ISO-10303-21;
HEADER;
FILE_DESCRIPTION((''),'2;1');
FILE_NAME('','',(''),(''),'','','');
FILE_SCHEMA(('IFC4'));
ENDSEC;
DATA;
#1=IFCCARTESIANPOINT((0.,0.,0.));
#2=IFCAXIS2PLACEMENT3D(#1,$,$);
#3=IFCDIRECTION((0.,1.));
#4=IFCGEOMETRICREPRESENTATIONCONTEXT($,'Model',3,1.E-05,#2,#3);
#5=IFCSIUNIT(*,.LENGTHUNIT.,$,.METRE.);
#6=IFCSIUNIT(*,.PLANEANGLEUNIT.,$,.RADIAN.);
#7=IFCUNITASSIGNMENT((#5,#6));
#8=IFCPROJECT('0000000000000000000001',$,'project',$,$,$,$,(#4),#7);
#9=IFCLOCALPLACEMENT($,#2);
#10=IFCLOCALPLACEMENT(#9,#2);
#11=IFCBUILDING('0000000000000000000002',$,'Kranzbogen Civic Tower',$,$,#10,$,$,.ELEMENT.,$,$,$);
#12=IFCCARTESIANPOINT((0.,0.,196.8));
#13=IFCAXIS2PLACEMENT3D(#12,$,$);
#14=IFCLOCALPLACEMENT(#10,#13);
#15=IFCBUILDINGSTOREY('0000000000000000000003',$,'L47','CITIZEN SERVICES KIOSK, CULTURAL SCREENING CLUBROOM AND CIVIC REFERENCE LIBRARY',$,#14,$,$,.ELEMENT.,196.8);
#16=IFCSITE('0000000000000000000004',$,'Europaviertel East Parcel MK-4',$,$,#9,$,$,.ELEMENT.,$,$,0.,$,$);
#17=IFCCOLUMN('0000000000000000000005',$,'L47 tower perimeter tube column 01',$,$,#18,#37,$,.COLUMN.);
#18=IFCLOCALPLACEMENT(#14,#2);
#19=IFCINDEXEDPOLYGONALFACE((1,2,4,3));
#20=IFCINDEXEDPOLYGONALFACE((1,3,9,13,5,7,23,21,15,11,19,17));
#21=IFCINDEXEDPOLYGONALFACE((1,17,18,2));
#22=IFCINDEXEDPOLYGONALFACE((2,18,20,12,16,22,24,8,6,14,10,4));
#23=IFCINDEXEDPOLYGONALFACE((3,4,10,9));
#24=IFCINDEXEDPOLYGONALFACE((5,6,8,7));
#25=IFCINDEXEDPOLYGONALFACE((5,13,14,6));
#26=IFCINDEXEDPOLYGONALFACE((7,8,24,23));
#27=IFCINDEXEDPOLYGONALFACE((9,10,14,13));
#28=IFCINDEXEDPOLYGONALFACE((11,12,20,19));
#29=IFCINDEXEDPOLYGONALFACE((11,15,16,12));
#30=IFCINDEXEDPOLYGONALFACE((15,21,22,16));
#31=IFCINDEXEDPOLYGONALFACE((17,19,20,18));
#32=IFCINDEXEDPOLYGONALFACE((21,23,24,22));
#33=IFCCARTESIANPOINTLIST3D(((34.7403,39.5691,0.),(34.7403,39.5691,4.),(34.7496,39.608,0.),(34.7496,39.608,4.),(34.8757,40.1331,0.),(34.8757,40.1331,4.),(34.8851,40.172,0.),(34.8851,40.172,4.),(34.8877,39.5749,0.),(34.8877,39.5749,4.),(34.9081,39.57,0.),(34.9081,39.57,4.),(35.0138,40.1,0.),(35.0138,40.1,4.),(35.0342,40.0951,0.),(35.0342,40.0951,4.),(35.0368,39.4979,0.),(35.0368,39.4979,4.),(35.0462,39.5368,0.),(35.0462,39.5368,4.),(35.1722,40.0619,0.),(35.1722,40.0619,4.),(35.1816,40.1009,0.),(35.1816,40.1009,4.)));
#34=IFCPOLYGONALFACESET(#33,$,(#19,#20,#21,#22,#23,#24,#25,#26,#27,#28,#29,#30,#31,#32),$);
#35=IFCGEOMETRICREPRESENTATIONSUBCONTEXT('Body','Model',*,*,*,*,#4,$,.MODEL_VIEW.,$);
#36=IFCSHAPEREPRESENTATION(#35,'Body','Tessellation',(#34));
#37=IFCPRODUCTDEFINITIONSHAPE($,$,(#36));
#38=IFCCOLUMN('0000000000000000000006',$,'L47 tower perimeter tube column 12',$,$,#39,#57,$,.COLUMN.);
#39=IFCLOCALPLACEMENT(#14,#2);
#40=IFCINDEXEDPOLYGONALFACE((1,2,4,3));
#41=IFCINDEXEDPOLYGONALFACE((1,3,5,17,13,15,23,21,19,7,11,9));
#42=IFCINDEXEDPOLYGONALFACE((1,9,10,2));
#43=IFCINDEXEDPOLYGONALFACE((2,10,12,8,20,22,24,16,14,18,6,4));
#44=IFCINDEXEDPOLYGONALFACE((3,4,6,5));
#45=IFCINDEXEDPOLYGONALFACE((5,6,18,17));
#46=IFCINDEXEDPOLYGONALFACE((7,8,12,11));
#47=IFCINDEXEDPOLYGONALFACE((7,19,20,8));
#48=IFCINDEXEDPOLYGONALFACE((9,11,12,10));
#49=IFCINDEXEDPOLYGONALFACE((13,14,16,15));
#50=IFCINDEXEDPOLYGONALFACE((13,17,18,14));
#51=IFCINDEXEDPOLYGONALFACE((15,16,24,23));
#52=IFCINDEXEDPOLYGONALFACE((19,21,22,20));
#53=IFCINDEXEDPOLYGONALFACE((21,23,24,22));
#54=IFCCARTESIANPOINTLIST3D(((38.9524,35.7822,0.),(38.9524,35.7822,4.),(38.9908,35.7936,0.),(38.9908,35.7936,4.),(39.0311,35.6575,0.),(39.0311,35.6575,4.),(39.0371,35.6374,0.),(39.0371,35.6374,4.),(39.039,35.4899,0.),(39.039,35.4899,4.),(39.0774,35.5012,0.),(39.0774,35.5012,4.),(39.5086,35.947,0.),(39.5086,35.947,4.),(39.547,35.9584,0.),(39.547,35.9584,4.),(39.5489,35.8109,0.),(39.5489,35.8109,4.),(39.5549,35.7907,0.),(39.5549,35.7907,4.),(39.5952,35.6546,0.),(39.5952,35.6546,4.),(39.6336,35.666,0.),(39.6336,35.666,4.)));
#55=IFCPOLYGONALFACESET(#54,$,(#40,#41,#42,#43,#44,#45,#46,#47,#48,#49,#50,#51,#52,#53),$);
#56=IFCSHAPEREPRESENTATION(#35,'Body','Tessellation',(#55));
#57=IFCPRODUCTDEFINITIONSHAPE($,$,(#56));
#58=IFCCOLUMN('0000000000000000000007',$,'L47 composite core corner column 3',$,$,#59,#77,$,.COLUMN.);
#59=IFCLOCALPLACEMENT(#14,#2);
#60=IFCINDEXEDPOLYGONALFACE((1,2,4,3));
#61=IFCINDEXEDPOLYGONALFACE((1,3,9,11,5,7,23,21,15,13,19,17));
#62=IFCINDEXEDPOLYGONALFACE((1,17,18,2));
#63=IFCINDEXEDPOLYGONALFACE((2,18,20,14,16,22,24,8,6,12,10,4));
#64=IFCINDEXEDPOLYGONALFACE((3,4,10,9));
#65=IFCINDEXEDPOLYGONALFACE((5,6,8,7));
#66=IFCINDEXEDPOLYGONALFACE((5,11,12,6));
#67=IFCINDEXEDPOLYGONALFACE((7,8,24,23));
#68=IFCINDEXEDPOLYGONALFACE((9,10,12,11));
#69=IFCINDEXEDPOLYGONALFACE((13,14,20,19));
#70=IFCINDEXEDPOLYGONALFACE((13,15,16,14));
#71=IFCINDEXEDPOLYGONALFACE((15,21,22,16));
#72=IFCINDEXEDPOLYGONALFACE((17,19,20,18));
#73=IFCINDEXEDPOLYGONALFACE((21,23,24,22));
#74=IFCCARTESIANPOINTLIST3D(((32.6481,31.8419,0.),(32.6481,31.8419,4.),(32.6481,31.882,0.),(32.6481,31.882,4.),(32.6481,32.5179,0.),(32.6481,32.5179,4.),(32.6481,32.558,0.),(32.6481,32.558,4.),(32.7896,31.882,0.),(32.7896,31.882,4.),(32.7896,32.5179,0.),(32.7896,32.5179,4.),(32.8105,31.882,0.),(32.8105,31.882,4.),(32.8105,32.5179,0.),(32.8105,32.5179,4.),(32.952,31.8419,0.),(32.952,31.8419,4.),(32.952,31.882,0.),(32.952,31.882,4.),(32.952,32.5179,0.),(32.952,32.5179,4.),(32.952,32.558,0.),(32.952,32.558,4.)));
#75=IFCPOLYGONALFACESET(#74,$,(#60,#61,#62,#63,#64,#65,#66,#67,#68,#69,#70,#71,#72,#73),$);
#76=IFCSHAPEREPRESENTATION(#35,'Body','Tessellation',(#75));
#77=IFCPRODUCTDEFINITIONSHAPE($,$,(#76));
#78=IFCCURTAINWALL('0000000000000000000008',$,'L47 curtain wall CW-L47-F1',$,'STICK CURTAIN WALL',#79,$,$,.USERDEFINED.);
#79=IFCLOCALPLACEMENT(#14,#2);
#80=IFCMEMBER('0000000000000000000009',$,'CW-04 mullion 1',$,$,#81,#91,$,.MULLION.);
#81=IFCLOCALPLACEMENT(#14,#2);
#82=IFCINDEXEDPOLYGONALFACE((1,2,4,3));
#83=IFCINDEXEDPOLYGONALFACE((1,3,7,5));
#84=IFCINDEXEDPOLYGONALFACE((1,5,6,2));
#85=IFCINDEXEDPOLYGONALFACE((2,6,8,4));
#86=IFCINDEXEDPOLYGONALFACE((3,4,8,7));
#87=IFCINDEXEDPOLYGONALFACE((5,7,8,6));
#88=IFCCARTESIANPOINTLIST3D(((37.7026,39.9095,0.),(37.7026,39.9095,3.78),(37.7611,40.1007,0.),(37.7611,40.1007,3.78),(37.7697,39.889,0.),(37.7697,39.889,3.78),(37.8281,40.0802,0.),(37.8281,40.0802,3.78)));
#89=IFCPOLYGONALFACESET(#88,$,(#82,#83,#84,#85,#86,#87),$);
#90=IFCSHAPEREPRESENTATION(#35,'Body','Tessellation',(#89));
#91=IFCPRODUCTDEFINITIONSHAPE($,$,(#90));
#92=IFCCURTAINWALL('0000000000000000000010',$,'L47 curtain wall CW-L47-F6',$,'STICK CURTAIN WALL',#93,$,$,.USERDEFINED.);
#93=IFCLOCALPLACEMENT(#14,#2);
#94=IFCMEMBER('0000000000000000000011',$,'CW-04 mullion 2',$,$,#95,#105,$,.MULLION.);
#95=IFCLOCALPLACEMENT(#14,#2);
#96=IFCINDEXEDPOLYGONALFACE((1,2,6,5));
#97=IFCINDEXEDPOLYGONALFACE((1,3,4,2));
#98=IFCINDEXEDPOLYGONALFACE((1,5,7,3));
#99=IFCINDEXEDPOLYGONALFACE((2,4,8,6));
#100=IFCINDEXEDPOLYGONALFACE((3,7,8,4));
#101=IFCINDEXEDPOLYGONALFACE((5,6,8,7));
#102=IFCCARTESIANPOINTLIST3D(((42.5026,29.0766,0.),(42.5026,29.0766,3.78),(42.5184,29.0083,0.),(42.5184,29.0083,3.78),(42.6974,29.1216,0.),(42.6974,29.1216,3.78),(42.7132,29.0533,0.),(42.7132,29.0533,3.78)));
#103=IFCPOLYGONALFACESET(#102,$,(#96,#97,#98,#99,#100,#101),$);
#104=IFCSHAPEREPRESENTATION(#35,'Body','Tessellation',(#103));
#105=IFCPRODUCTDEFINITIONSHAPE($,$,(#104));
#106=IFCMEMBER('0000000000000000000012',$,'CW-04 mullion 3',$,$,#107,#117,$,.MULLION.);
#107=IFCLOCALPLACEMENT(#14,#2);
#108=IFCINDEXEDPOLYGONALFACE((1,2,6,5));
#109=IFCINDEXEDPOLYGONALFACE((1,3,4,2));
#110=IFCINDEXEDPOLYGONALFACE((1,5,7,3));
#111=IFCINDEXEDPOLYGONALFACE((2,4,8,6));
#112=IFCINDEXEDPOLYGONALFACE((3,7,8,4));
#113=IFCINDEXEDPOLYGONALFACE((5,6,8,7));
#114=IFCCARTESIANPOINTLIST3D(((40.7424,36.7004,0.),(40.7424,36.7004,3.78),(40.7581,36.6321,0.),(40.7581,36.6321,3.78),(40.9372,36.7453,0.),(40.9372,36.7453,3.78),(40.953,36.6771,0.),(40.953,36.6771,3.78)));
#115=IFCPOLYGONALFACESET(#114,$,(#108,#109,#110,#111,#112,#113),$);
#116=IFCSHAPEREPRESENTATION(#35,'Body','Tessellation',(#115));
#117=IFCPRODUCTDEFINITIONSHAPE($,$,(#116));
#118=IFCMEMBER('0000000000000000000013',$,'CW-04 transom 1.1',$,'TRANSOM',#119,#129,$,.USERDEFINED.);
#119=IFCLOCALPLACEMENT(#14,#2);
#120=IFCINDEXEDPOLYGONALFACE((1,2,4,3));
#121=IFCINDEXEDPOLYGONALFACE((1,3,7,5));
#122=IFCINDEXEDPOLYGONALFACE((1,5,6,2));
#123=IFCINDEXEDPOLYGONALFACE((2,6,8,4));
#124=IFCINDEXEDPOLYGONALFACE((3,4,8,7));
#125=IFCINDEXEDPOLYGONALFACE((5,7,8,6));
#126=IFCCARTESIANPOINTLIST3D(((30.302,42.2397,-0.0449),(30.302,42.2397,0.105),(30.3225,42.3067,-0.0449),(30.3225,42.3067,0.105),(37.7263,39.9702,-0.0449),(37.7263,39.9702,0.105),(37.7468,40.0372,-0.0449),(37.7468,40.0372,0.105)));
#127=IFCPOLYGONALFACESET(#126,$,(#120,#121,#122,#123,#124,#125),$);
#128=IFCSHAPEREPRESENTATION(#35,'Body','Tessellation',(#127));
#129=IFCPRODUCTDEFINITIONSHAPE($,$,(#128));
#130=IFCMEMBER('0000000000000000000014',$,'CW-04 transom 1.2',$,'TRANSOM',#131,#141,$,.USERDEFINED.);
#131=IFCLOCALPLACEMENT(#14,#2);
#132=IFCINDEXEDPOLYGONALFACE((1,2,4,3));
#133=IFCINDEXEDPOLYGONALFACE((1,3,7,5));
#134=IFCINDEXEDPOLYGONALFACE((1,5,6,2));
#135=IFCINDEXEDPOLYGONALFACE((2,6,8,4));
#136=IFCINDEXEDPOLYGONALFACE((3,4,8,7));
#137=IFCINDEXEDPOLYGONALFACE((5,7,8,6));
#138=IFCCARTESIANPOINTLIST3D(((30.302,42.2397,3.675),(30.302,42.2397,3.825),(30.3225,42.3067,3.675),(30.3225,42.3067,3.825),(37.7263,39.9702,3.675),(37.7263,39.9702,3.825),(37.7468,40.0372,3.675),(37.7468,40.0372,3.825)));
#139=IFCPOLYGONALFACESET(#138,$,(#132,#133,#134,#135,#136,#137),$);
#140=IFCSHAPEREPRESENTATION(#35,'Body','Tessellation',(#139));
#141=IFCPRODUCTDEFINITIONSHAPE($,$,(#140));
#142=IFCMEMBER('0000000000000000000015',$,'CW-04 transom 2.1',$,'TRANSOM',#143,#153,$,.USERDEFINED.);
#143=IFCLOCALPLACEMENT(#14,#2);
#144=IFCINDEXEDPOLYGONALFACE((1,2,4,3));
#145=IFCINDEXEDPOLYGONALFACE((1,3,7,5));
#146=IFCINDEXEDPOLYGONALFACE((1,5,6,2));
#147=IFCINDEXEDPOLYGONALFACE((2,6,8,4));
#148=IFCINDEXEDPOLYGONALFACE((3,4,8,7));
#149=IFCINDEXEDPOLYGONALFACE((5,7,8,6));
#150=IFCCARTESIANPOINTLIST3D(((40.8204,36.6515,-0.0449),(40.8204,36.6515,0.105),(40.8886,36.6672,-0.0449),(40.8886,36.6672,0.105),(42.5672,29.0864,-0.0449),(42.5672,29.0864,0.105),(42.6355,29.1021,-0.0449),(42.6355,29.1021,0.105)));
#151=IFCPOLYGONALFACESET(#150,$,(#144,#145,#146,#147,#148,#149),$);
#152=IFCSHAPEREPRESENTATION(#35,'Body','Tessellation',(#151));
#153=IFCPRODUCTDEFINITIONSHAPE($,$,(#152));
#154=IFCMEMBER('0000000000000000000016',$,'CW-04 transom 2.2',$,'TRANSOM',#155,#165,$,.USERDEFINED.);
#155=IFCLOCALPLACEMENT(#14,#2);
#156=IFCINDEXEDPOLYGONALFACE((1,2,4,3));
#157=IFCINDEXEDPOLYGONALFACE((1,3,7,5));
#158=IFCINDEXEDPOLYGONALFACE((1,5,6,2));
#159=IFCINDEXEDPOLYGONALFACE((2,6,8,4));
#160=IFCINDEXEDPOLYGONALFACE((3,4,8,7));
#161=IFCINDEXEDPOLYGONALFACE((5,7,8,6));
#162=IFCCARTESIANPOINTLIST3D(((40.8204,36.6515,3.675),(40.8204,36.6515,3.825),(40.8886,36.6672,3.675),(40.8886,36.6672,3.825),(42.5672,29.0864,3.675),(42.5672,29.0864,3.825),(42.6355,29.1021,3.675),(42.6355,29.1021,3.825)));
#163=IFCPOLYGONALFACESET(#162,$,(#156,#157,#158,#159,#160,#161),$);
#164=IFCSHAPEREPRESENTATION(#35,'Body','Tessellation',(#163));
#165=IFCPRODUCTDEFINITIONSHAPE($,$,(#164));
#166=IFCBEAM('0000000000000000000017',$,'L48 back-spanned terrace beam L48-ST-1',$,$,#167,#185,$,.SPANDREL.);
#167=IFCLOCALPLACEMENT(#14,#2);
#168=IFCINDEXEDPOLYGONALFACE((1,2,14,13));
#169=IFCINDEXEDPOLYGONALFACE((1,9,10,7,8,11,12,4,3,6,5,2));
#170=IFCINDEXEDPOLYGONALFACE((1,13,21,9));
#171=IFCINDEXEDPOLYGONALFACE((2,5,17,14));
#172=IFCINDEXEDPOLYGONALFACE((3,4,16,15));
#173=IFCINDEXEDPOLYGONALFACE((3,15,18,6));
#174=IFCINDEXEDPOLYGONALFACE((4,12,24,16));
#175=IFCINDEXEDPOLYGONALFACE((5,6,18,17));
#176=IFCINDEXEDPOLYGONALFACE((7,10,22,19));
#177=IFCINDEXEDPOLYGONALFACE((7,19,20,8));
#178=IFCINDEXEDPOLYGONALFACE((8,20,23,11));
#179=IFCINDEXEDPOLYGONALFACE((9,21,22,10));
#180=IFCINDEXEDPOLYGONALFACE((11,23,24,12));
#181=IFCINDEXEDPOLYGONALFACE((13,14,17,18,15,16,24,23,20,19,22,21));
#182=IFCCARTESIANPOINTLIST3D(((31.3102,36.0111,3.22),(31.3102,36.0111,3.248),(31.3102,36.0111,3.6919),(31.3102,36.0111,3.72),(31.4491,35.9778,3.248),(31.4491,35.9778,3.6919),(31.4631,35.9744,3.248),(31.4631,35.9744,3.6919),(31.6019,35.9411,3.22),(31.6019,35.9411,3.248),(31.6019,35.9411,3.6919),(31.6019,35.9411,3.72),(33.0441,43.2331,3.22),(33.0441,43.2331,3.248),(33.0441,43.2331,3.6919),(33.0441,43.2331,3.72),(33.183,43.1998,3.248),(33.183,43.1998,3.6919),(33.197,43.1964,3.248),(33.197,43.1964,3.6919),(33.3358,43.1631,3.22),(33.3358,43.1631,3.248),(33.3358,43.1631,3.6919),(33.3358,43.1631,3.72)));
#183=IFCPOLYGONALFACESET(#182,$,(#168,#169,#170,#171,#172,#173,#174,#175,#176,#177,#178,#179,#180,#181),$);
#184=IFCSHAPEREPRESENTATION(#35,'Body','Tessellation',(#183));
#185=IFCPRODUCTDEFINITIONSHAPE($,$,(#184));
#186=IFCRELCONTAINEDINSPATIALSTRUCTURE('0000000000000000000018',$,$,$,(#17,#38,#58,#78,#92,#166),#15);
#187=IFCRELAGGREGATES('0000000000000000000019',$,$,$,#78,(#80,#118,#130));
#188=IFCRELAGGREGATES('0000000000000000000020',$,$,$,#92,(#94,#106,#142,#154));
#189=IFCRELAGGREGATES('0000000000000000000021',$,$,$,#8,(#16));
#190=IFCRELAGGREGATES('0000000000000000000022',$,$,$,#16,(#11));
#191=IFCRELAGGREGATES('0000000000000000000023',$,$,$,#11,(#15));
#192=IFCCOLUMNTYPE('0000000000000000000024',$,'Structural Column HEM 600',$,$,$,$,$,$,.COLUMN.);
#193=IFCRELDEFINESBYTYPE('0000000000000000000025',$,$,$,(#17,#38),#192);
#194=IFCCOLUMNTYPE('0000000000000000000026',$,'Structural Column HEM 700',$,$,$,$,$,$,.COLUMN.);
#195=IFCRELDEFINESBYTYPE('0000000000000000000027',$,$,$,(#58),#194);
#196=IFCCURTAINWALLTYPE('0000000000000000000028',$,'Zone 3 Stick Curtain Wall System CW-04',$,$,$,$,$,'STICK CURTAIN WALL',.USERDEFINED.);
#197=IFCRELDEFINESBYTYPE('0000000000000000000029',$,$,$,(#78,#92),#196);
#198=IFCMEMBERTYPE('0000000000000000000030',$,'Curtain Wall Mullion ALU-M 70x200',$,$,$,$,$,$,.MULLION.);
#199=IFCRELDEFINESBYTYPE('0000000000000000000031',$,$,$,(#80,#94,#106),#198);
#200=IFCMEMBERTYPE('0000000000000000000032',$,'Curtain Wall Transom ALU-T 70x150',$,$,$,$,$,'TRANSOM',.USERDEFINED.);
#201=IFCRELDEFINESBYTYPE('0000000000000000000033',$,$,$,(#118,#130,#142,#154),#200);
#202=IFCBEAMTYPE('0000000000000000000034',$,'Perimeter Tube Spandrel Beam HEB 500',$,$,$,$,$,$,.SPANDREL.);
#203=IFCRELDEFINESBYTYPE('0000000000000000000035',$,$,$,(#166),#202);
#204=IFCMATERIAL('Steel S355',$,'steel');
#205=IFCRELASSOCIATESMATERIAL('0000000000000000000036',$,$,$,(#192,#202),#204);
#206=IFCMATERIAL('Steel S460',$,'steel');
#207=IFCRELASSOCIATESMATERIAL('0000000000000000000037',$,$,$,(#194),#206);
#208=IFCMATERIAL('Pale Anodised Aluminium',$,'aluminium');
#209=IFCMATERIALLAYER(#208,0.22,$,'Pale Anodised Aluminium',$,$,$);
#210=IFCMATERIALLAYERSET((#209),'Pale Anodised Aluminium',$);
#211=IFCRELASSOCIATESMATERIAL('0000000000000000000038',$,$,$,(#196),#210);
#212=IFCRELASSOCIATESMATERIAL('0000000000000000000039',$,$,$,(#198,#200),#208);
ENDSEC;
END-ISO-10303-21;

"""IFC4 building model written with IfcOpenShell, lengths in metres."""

from ifc_helpers import new_model, si_unit, direction, frame, origin, origin_2d, place, context, subcontext, project, spatial, rectangle, i_section, extrude, material, layer, layer_set, material_profile, profile_set, type_object, element, aggregate, save


model = new_model("IFC4")

# Units and contexts
model_context = context("Model", 3, precision=1e-05, world=origin(), true_north=direction((0.0, 1.0)))
body_context = subcontext(model_context, "Body", "Model", "MODEL_VIEW")
ifc_project = project(units=[si_unit("LENGTHUNIT", "METRE"), si_unit("PLANEANGLEUNIT", "RADIAN")], contexts=[model_context])

# Site, building, storey
site_placement = place(None, origin())
site = spatial("IfcSite", under=ifc_project, at=site_placement, Name="Europaviertel East Parcel MK-4", CompositionType="ELEMENT", RefElevation=0.0)
building_placement = place(site_placement, origin())
building = spatial("IfcBuilding", under=site, at=building_placement, Name="Kranzbogen Civic Tower", CompositionType="ELEMENT")
storey_placement = place(building_placement, frame((0.0, 0.0, 196.8)))
storey = spatial("IfcBuildingStorey", under=building, at=storey_placement, Name="L47", Description="CITIZEN SERVICES KIOSK, CULTURAL SCREENING CLUBROOM AND CIVIC REFERENCE LIBRARY", CompositionType="ELEMENT", Elevation=196.8)

# Columns
ifc_material_1 = material(Name="Steel S355", Category="steel")
ifc_material_profile_1 = material_profile(ifc_material_1, i_section(OverallWidth=0.3049, OverallDepth=0.6201, WebThickness=0.021, FlangeThickness=0.04, at=origin_2d()), Name="HEM 600")
ifc_profile_set_1 = profile_set([ifc_material_profile_1], Name="Steel S355")
column_type_1 = type_object("IfcColumnType", Name="Structural Column HEM 600", PredefinedType="COLUMN", material=ifc_profile_set_1)
for number, where, z_axis, x_axis, name in (
    (1, (34.9609, 39.835, 0.0), (0.0, 0.0, 1.0), (-0.97237, 0.233445, 0.0), "L47 tower perimeter tube column 01"),
    (2, (39.293, 35.7241, 0.0), (0.0, 0.0, 1.0), (-0.284015, 0.95882, 0.0), "L47 tower perimeter tube column 12"),
):
    element("IfcColumn", number, at=place(storey_placement, frame(where, z_axis=z_axis, x_axis=x_axis)), inside=storey, type_object=column_type_1, Name=name, PredefinedType="COLUMN", context=body_context, shape_type="SweptSolid", body=[
        extrude(i_section(OverallWidth=0.3049, OverallDepth=0.6201, WebThickness=0.021, FlangeThickness=0.04, at=origin_2d()), origin(), (0.0, 0.0, 1.0), 4.0),
    ])
ifc_material_2 = material(Name="Steel S460", Category="steel")
ifc_material_profile_2 = material_profile(ifc_material_2, i_section(OverallWidth=0.304, OverallDepth=0.7161, WebThickness=0.021, FlangeThickness=0.04, at=origin_2d()), Name="HEM 700")
ifc_profile_set_2 = profile_set([ifc_material_profile_2], Name="Steel S460")
column_type_2 = type_object("IfcColumnType", Name="Structural Column HEM 700", PredefinedType="COLUMN", material=ifc_profile_set_2)
column_placement = place(storey_placement, frame((32.8, 32.2, 0.0), z_axis=(0.0, 0.0, 1.0), x_axis=(1.0, 0.0, 0.0)))
element("IfcColumn", 3, at=column_placement, inside=storey, type_object=column_type_2, Name="L47 composite core corner column 3", PredefinedType="COLUMN", context=body_context, shape_type="SweptSolid", body=[
    extrude(i_section(OverallWidth=0.304, OverallDepth=0.7161, WebThickness=0.021, FlangeThickness=0.04, at=origin_2d()), origin(), (0.0, 0.0, 1.0), 4.0),
])

# Curtain wall, member
ifc_material_3 = material(Name="Pale Anodised Aluminium", Category="aluminium")
ifc_layer_1 = layer(ifc_material_3, 0.22, Name="Pale Anodised Aluminium")
ifc_layer_set_1 = layer_set([ifc_layer_1], Name="Pale Anodised Aluminium")
curtain_wall_type = type_object("IfcCurtainWallType", Name="Zone 3 Stick Curtain Wall System CW-04", ElementType="STICK CURTAIN WALL", PredefinedType="USERDEFINED", material=ifc_layer_set_1)
curtain_wall_1_placement = place(storey_placement, origin())
curtain_wall_1 = element("IfcCurtainWall", 4, at=curtain_wall_1_placement, inside=storey, type_object=curtain_wall_type, Name="L47 curtain wall CW-L47-F1", ObjectType="STICK CURTAIN WALL", PredefinedType="USERDEFINED")
ifc_material_profile_3 = material_profile(ifc_material_3, rectangle(XDim=0.0701, YDim=0.2, at=origin_2d()), Name="ALU-M 70x200")
ifc_profile_set_3 = profile_set([ifc_material_profile_3], Name="Pale Anodised Aluminium")
member_type_1 = type_object("IfcMemberType", Name="Curtain Wall Mullion ALU-M 70x200", PredefinedType="MULLION", material=ifc_profile_set_3)
member_1_placement = place(storey_placement, frame((37.7654, 39.9949, 0.0), z_axis=(0.0, 0.0, 1.0), x_axis=(-0.956312, 0.29235, 0.0)))
member_1 = element("IfcMember", 5, at=member_1_placement, type_object=member_type_1, Name="CW-04 mullion 1", PredefinedType="MULLION", context=body_context, shape_type="SweptSolid", body=[
    extrude(rectangle(XDim=0.0701, YDim=0.2, at=origin_2d()), origin(), (0.0, 0.0, 1.0), 3.78),
])

# Curtain wall, members
curtain_wall_2_placement = place(storey_placement, origin())
curtain_wall_2 = element("IfcCurtainWall", 6, at=curtain_wall_2_placement, inside=storey, type_object=curtain_wall_type, Name="L47 curtain wall CW-L47-F6", ObjectType="STICK CURTAIN WALL", PredefinedType="USERDEFINED")
member_2_placement = place(storey_placement, frame((42.6079, 29.0649, 0.0), z_axis=(0.0, 0.0, 1.0), x_axis=(-0.224971, 0.974365, 0.0)))
member_2 = element("IfcMember", 7, at=member_2_placement, type_object=member_type_1, Name="CW-04 mullion 2", PredefinedType="MULLION", context=body_context, shape_type="SweptSolid", body=[
    extrude(rectangle(XDim=0.0701, YDim=0.2, at=origin_2d()), origin(), (0.0, 0.0, 1.0), 3.78),
])
member_3_placement = place(storey_placement, frame((40.8477, 36.6887, 0.0), z_axis=(0.0, 0.0, 1.0), x_axis=(-0.224971, 0.974365, 0.0)))
member_3 = element("IfcMember", 8, at=member_3_placement, type_object=member_type_1, Name="CW-04 mullion 3", PredefinedType="MULLION", context=body_context, shape_type="SweptSolid", body=[
    extrude(rectangle(XDim=0.0701, YDim=0.2, at=origin_2d()), origin(), (0.0, 0.0, 1.0), 3.78),
])

# Members
ifc_material_profile_4 = material_profile(ifc_material_3, rectangle(XDim=0.0701, YDim=0.1499, at=origin_2d()), Name="ALU-T 70x150")
ifc_profile_set_4 = profile_set([ifc_material_profile_4], Name="Pale Anodised Aluminium")
member_type_2 = type_object("IfcMemberType", Name="Curtain Wall Transom ALU-T 70x150", ElementType="TRANSOM", PredefinedType="USERDEFINED", material=ifc_profile_set_4)
member_4_placement = place(storey_placement, frame((37.7366, 40.0037, 0.03), z_axis=(-0.956316, 0.292335, 0.0), x_axis=(-0.292335, -0.956316, 0.0)))
member_4 = element("IfcMember", 9, at=member_4_placement, type_object=member_type_2, Name="CW-04 transom 1.1", ObjectType="TRANSOM", PredefinedType="USERDEFINED", context=body_context, shape_type="SweptSolid", body=[
    extrude(rectangle(XDim=0.0701, YDim=0.1499, at=origin_2d()), origin(), (0.0, 0.0, 1.0), 7.7634),
])
member_5_placement = place(storey_placement, frame((37.7366, 40.0037, 3.75), z_axis=(-0.956316, 0.292335, 0.0), x_axis=(-0.292335, -0.956316, 0.0)))
member_5 = element("IfcMember", 10, at=member_5_placement, type_object=member_type_2, Name="CW-04 transom 1.2", ObjectType="TRANSOM", PredefinedType="USERDEFINED", context=body_context, shape_type="SweptSolid", body=[
    extrude(rectangle(XDim=0.0701, YDim=0.1499, at=origin_2d()), origin(), (0.0, 0.0, 1.0), 7.7634),
])
member_6_placement = place(storey_placement, frame((42.6013, 29.0942, 0.03), z_axis=(-0.224984, 0.974363, 0.0), x_axis=(-0.974363, -0.224984, 0.0)))
member_6 = element("IfcMember", 11, at=member_6_placement, type_object=member_type_2, Name="CW-04 transom 2.1", ObjectType="TRANSOM", PredefinedType="USERDEFINED", context=body_context, shape_type="SweptSolid", body=[
    extrude(rectangle(XDim=0.0701, YDim=0.1499, at=origin_2d()), origin(), (0.0, 0.0, 1.0), 7.7642),
])
member_7_placement = place(storey_placement, frame((42.6013, 29.0942, 3.75), z_axis=(-0.224984, 0.974363, 0.0), x_axis=(-0.974363, -0.224984, 0.0)))
member_7 = element("IfcMember", 12, at=member_7_placement, type_object=member_type_2, Name="CW-04 transom 2.2", ObjectType="TRANSOM", PredefinedType="USERDEFINED", context=body_context, shape_type="SweptSolid", body=[
    extrude(rectangle(XDim=0.0701, YDim=0.1499, at=origin_2d()), origin(), (0.0, 0.0, 1.0), 7.7642),
])

# Beam
ifc_material_profile_5 = material_profile(ifc_material_1, i_section(OverallWidth=0.3, OverallDepth=0.5, WebThickness=0.0144, FlangeThickness=0.0281, at=origin_2d()), Name="HEB 500")
ifc_profile_set_5 = profile_set([ifc_material_profile_5], Name="Steel S355")
beam_type_1 = type_object("IfcBeamType", Name="Perimeter Tube Spandrel Beam HEB 500", PredefinedType="SPANDREL", material=ifc_profile_set_5)
beam_1_placement = place(storey_placement, frame((31.4561, 35.9761, 3.47), z_axis=(0.233453, 0.972368, 0.0), x_axis=(-0.972368, 0.233453, 0.0)))
element("IfcBeam", 13, at=beam_1_placement, inside=storey, type_object=beam_type_1, Name="L48 back-spanned terrace beam L48-ST-1", PredefinedType="SPANDREL", context=body_context, shape_type="SweptSolid", body=[
    extrude(i_section(OverallWidth=0.3, OverallDepth=0.5, WebThickness=0.0144, FlangeThickness=0.0281, at=origin_2d()), origin(), (0.0, 0.0, 1.0), 7.4272),
])

aggregate(curtain_wall_1, [member_1, member_4, member_5])
aggregate(curtain_wall_2, [member_2, member_3, member_6, member_7])

save(model, "model.ifc")
